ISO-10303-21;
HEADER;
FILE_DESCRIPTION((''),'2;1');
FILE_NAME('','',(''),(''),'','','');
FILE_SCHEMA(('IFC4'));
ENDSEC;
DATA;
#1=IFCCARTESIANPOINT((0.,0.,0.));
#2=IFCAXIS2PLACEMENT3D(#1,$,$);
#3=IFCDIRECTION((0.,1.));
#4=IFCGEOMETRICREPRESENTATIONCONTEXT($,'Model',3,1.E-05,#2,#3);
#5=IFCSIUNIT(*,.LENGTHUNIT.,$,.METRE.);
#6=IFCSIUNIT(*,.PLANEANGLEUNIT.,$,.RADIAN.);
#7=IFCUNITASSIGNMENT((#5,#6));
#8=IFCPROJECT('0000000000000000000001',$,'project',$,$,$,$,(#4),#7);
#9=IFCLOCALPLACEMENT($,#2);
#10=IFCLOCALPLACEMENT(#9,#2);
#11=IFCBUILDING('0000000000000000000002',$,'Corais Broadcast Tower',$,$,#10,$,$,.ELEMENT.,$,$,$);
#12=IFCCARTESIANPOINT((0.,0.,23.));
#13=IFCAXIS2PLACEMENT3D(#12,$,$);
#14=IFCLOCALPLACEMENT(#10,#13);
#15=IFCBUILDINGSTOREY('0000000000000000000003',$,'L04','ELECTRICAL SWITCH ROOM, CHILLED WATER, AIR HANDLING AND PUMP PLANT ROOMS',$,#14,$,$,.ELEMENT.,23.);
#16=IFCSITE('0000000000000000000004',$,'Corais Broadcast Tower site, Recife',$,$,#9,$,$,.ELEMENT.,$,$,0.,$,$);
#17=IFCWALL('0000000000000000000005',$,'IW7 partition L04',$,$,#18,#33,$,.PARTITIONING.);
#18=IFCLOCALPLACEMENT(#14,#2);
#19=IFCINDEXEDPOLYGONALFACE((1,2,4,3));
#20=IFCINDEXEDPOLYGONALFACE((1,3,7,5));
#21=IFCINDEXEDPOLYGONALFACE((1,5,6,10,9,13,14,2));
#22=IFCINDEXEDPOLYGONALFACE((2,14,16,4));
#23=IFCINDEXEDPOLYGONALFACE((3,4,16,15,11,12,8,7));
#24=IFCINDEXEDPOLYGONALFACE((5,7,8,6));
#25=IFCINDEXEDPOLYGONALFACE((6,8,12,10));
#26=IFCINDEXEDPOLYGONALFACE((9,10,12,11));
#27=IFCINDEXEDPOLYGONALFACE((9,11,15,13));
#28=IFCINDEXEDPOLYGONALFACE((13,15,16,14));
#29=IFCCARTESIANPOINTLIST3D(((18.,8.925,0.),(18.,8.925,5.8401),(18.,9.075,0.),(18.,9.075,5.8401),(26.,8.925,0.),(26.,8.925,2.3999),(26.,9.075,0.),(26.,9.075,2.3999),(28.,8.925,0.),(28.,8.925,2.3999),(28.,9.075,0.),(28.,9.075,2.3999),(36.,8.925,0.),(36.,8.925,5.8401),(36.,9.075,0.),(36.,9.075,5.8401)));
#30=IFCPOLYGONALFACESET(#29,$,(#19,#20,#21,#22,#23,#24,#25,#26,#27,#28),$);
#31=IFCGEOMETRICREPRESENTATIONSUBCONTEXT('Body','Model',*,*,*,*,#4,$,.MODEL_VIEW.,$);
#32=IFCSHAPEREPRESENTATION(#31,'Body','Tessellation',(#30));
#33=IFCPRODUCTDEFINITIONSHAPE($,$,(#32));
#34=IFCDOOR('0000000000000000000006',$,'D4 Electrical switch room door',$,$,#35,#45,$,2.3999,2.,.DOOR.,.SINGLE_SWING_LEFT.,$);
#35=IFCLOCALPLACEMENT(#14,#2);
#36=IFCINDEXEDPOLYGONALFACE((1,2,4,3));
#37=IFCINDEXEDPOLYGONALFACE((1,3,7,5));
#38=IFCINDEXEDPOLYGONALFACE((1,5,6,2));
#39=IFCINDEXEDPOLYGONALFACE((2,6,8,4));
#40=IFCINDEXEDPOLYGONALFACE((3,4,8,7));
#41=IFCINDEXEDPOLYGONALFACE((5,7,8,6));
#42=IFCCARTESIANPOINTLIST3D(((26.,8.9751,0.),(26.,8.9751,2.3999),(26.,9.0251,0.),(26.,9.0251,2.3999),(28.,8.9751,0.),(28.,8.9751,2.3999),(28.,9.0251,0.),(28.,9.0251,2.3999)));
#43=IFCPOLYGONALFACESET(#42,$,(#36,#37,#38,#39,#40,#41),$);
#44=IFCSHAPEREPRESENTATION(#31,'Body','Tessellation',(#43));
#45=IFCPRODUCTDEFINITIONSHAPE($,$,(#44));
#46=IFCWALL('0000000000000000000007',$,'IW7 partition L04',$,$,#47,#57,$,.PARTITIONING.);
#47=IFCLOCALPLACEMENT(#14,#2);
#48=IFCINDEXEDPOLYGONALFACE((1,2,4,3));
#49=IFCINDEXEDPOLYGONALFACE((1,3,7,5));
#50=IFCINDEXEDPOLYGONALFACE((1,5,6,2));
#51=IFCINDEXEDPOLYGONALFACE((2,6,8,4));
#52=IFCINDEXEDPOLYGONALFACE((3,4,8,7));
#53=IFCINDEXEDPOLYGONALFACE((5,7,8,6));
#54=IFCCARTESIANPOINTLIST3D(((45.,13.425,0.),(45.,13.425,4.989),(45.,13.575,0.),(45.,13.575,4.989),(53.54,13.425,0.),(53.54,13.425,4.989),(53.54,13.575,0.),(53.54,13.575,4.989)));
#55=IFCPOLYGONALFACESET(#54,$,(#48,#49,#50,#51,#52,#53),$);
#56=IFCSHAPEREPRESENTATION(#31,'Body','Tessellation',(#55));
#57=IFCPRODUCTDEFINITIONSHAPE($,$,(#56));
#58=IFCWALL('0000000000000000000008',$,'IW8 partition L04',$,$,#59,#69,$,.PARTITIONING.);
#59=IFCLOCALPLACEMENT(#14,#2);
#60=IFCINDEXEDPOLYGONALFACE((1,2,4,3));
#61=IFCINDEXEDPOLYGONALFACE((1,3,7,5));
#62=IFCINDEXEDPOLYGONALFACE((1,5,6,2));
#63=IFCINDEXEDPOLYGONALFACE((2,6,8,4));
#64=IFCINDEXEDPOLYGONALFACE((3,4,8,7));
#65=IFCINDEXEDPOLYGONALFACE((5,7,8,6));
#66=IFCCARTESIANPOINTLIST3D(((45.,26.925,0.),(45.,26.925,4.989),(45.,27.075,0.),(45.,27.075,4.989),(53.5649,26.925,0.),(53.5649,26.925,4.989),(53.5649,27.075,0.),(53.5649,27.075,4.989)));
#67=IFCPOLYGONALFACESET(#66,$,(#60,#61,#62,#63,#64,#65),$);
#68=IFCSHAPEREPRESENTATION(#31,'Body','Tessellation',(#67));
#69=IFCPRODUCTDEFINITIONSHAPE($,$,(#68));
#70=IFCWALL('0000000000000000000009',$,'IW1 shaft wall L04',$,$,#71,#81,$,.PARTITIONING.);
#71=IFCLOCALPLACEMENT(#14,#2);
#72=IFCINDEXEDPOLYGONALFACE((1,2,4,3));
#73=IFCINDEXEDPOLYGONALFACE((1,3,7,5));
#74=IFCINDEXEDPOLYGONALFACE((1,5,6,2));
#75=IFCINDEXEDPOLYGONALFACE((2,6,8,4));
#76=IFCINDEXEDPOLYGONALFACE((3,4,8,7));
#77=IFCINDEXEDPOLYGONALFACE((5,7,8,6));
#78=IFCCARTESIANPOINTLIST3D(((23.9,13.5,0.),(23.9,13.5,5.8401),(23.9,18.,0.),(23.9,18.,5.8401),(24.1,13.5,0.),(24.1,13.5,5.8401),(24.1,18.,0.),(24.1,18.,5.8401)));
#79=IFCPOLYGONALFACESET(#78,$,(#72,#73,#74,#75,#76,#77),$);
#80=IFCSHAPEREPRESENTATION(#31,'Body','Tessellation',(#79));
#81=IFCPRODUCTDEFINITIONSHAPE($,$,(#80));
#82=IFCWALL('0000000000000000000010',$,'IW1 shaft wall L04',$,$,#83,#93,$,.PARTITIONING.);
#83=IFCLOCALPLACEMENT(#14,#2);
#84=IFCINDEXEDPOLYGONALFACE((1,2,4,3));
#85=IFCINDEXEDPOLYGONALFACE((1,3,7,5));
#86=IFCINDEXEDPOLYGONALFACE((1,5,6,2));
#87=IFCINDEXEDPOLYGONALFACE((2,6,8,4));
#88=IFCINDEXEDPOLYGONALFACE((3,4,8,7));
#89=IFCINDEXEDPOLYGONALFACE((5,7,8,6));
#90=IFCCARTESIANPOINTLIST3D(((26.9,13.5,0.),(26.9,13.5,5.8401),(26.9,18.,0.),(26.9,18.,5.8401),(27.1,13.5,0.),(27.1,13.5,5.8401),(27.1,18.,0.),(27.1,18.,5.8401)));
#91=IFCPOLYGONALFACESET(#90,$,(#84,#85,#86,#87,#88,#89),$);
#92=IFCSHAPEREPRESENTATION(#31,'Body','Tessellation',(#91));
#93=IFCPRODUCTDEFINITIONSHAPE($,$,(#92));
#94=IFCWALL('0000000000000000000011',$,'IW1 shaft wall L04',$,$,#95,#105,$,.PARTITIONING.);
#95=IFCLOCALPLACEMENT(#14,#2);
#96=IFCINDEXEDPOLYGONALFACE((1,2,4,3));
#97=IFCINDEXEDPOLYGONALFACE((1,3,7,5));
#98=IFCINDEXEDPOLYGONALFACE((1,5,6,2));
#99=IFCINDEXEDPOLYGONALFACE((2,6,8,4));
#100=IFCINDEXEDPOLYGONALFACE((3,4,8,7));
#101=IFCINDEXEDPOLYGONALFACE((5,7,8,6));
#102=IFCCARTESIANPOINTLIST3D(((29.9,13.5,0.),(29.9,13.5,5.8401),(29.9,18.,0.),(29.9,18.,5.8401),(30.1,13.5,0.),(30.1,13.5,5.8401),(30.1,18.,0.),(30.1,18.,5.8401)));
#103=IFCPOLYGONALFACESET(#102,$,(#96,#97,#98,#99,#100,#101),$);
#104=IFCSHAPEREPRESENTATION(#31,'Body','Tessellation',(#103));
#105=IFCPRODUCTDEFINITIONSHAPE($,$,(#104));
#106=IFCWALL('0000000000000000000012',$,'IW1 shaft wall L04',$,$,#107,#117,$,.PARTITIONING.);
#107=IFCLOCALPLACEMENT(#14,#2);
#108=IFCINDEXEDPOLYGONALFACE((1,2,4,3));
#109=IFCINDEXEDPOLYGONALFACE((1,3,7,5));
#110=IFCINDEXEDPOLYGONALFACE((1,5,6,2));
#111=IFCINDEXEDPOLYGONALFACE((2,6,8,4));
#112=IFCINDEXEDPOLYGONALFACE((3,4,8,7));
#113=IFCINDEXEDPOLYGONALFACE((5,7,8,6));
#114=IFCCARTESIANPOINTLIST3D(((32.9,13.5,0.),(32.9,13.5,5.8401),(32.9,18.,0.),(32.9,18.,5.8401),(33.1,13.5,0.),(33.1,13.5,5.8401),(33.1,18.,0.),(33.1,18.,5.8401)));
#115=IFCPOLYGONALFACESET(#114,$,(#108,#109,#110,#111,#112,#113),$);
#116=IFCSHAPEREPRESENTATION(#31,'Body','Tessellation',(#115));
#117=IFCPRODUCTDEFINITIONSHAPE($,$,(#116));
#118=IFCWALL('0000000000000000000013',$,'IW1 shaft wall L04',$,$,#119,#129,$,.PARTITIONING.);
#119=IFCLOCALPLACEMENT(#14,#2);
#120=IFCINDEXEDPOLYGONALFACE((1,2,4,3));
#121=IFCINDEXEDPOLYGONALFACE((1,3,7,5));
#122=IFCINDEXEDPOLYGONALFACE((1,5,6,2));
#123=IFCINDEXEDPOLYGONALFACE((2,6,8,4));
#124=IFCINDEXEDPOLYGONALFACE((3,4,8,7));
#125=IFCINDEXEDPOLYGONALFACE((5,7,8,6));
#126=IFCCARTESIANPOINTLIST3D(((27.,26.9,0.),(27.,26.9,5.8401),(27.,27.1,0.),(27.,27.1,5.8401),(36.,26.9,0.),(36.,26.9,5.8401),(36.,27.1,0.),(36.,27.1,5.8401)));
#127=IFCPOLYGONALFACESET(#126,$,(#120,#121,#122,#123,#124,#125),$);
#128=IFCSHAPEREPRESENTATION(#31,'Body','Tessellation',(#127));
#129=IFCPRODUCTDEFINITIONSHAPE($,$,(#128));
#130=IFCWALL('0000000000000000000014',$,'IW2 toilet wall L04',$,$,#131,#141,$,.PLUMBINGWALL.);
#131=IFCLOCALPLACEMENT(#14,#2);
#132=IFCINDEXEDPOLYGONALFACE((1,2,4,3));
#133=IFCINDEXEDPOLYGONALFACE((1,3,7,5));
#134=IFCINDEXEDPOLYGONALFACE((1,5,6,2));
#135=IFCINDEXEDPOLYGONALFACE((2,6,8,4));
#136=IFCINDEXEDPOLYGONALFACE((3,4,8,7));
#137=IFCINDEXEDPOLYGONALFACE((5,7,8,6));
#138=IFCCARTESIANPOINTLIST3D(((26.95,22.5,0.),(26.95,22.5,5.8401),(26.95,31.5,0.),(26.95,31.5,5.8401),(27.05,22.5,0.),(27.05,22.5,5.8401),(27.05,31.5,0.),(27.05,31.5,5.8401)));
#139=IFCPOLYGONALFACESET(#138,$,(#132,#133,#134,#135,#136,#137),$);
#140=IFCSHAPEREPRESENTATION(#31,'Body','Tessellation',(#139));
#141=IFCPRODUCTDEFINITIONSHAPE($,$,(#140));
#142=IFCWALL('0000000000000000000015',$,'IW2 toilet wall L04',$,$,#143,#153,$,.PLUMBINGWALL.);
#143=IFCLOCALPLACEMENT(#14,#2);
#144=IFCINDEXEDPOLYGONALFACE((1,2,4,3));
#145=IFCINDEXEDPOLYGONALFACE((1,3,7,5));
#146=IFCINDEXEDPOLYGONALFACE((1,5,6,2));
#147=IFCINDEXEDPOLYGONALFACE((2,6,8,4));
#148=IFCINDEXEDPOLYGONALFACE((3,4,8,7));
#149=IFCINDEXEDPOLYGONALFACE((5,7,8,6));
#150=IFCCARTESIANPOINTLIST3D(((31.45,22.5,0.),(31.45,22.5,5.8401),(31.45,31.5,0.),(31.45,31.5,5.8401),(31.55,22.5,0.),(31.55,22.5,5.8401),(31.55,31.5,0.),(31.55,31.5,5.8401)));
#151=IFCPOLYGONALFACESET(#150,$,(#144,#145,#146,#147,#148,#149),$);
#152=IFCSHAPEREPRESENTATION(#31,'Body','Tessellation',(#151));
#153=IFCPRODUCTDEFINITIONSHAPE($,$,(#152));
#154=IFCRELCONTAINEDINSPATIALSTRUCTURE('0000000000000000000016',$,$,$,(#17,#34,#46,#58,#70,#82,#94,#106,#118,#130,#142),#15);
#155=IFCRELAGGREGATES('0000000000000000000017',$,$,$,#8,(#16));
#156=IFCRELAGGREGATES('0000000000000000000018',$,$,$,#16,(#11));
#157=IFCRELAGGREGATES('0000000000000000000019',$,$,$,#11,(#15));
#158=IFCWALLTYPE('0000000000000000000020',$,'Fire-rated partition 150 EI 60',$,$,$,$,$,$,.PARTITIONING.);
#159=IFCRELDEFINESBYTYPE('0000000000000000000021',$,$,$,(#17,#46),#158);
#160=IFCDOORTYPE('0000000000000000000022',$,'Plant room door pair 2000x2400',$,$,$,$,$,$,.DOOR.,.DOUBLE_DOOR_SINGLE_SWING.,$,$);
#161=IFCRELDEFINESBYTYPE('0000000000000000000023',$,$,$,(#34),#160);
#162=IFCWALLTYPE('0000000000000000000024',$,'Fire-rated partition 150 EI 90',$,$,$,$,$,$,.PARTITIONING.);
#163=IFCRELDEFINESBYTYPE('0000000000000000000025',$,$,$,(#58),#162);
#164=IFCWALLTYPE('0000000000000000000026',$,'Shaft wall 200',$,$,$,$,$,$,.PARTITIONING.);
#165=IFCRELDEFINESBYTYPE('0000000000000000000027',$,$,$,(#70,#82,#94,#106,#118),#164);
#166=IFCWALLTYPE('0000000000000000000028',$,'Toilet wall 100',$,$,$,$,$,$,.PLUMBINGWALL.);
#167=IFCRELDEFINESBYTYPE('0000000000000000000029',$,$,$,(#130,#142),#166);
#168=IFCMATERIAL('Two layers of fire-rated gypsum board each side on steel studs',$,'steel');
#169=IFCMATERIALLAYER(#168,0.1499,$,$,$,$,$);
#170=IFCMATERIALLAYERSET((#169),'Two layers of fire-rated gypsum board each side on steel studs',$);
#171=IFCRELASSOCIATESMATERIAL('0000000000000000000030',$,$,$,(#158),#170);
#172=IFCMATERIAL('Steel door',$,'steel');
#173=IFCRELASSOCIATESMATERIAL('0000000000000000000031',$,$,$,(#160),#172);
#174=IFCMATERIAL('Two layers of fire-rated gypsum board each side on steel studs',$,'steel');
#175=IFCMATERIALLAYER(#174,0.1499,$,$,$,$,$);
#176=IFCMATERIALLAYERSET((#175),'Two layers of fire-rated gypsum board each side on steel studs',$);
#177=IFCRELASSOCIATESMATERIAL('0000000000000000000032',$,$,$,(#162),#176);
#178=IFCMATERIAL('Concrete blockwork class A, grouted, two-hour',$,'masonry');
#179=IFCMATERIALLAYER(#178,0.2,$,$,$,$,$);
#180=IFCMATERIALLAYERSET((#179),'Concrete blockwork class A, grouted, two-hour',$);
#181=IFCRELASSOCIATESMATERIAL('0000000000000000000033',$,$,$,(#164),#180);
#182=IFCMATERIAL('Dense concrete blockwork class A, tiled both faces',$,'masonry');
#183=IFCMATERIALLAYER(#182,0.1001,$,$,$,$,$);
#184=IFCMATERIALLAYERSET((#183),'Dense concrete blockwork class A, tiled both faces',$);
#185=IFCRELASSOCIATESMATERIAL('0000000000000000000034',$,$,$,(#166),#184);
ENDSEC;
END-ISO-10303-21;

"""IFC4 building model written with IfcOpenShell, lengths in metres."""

from ifc_helpers import new_model, si_unit, direction, frame, frame_2d, origin, place, context, subcontext, project, spatial, rectangle, extrude, material, layer, layer_set, type_object, element, fill, save


model = new_model("IFC4")

# Units and contexts
model_context = context("Model", 3, precision=1e-05, world=origin(), true_north=direction((0.0, 1.0)))
body_context = subcontext(model_context, "Body", "Model", "MODEL_VIEW")
ifc_project = project(units=[si_unit("LENGTHUNIT", "METRE"), si_unit("PLANEANGLEUNIT", "RADIAN")], contexts=[model_context])

# Site, building, storey
site_placement = place(None, origin())
site = spatial("IfcSite", under=ifc_project, at=site_placement, Name="Corais Broadcast Tower site, Recife", CompositionType="ELEMENT", RefElevation=0.0)
building_placement = place(site_placement, origin())
building = spatial("IfcBuilding", under=site, at=building_placement, Name="Corais Broadcast Tower", CompositionType="ELEMENT")
storey_placement = place(building_placement, frame((0.0, 0.0, 23.0)))
storey = spatial("IfcBuildingStorey", under=building, at=storey_placement, Name="L04", Description="ELECTRICAL SWITCH ROOM, CHILLED WATER, AIR HANDLING AND PUMP PLANT ROOMS", CompositionType="ELEMENT", Elevation=23.0)

# Wall, opening, door
ifc_material_1 = material(Name="Two layers of fire-rated gypsum board each side on steel studs", Category="steel")
ifc_layer_1 = layer(ifc_material_1, 0.1499)
ifc_layer_set_1 = layer_set([ifc_layer_1], Name="Two layers of fire-rated gypsum board each side on steel studs")
wall_type_1 = type_object("IfcWallType", Name="Fire-rated partition 150 EI 60", PredefinedType="PARTITIONING", material=ifc_layer_set_1)
wall_1_placement = place(storey_placement, frame((36.0, 9.0, 0.0), z_axis=(0.0, 0.0, 1.0), x_axis=(-1.0, 0.0, 0.0)))
wall_1 = element("IfcWall", 1, at=wall_1_placement, inside=storey, type_object=wall_type_1, Name="IW7 partition L04", PredefinedType="PARTITIONING", context=body_context, shape_type="SweptSolid", body=[
    extrude(rectangle(XDim=18.0, YDim=0.1499, at=frame_2d((9.0, 0.0))), origin(), (0.0, 0.0, 1.0), 5.8401),
])
opening_1_placement = place(wall_1_placement, frame((8.0, 0.0, 0.0)))
opening_1 = element("IfcOpeningElement", 2, at=opening_1_placement, cuts=wall_1, PredefinedType="OPENING", context=body_context, shape_type="SweptSolid", body=[
    extrude(rectangle(XDim=2.0, YDim=2.3999, at=frame_2d((1.0, 1.2))), frame((0.0, 0.085, 0.0), z_axis=(0.0, -1.0, 0.0), x_axis=(1.0, 0.0, 0.0)), (0.0, 0.0, 1.0), 0.1699),
])
ifc_material_2 = material(Name="Steel door", Category="steel")
door_type_1 = type_object("IfcDoorType", Name="Plant room door pair 2000x2400", OperationType="DOUBLE_DOOR_SINGLE_SWING", PredefinedType="DOOR", material=ifc_material_2)
door_1_placement = place(opening_1_placement, origin())
door_1 = element("IfcDoor", 3, at=door_1_placement, inside=storey, type_object=door_type_1, Name="D4 Electrical switch room door", OperationType="SINGLE_SWING_LEFT", OverallHeight=2.3999, OverallWidth=2.0, PredefinedType="DOOR", context=body_context, shape_type="SweptSolid", body=[
    extrude(rectangle(XDim=2.0, YDim=2.3999, at=frame_2d((1.0, 1.2))), frame((0.0, 0.0249, 0.0), z_axis=(0.0, -1.0, 0.0), x_axis=(1.0, 0.0, 0.0)), (0.0, 0.0, 1.0), 0.05),
])
fill(opening_1, door_1)

# Walls
wall_2_placement = place(storey_placement, frame((45.0, 13.5, 0.0), z_axis=(0.0, 0.0, 1.0), x_axis=(1.0, 0.0, 0.0)))
element("IfcWall", 4, at=wall_2_placement, inside=storey, type_object=wall_type_1, Name="IW7 partition L04", PredefinedType="PARTITIONING", context=body_context, shape_type="SweptSolid", body=[
    extrude(rectangle(XDim=8.54, YDim=0.1499, at=frame_2d((4.27, 0.0))), origin(), (0.0, 0.0, 1.0), 4.989),
])
ifc_material_3 = material(Name="Two layers of fire-rated gypsum board each side on steel studs", Category="steel")
ifc_layer_2 = layer(ifc_material_3, 0.1499)
ifc_layer_set_2 = layer_set([ifc_layer_2], Name="Two layers of fire-rated gypsum board each side on steel studs")
wall_type_2 = type_object("IfcWallType", Name="Fire-rated partition 150 EI 90", PredefinedType="PARTITIONING", material=ifc_layer_set_2)
wall_3_placement = place(storey_placement, frame((45.0, 27.0, 0.0), z_axis=(0.0, 0.0, 1.0), x_axis=(1.0, 0.0, 0.0)))
element("IfcWall", 5, at=wall_3_placement, inside=storey, type_object=wall_type_2, Name="IW8 partition L04", PredefinedType="PARTITIONING", context=body_context, shape_type="SweptSolid", body=[
    extrude(rectangle(XDim=8.5649, YDim=0.1499, at=frame_2d((4.2825, 0.0))), origin(), (0.0, 0.0, 1.0), 4.989),
])
ifc_material_4 = material(Name="Concrete blockwork class A, grouted, two-hour", Category="masonry")
ifc_layer_3 = layer(ifc_material_4, 0.2)
ifc_layer_set_3 = layer_set([ifc_layer_3], Name="Concrete blockwork class A, grouted, two-hour")
wall_type_3 = type_object("IfcWallType", Name="Shaft wall 200", PredefinedType="PARTITIONING", material=ifc_layer_set_3)
for number, where, z_axis, x_axis, name in (
    (6, (24.0, 13.5, 0.0), (0.0, 0.0, 1.0), (0.0, 1.0, 0.0), "IW1 shaft wall L04"),
    (7, (27.0, 13.5, 0.0), (0.0, 0.0, 1.0), (0.0, 1.0, 0.0), "IW1 shaft wall L04"),
    (8, (30.0, 13.5, 0.0), (0.0, 0.0, 1.0), (0.0, 1.0, 0.0), "IW1 shaft wall L04"),
    (9, (33.0, 13.5, 0.0), (0.0, 0.0, 1.0), (0.0, 1.0, 0.0), "IW1 shaft wall L04"),
):
    element("IfcWall", number, at=place(storey_placement, frame(where, z_axis=z_axis, x_axis=x_axis)), inside=storey, type_object=wall_type_3, Name=name, PredefinedType="PARTITIONING", context=body_context, shape_type="SweptSolid", body=[
        extrude(rectangle(XDim=4.5, YDim=0.2, at=frame_2d((2.25, 0.0))), origin(), (0.0, 0.0, 1.0), 5.8401),
    ])
wall_4_placement = place(storey_placement, frame((27.0, 27.0, 0.0), z_axis=(0.0, 0.0, 1.0), x_axis=(1.0, 0.0, 0.0)))
element("IfcWall", 10, at=wall_4_placement, inside=storey, type_object=wall_type_3, Name="IW1 shaft wall L04", PredefinedType="PARTITIONING", context=body_context, shape_type="SweptSolid", body=[
    extrude(rectangle(XDim=9.0, YDim=0.2, at=frame_2d((4.5, 0.0))), origin(), (0.0, 0.0, 1.0), 5.8401),
])
ifc_material_5 = material(Name="Dense concrete blockwork class A, tiled both faces", Category="masonry")
ifc_layer_4 = layer(ifc_material_5, 0.1001)
ifc_layer_set_4 = layer_set([ifc_layer_4], Name="Dense concrete blockwork class A, tiled both faces")
wall_type_4 = type_object("IfcWallType", Name="Toilet wall 100", PredefinedType="PLUMBINGWALL", material=ifc_layer_set_4)
for number, where, z_axis, x_axis, name in (
    (11, (27.0, 22.5, 0.0), (0.0, 0.0, 1.0), (0.0, 1.0, 0.0), "IW2 toilet wall L04"),
    (12, (31.5, 22.5, 0.0), (0.0, 0.0, 1.0), (0.0, 1.0, 0.0), "IW2 toilet wall L04"),
):
    element("IfcWall", number, at=place(storey_placement, frame(where, z_axis=z_axis, x_axis=x_axis)), inside=storey, type_object=wall_type_4, Name=name, PredefinedType="PLUMBINGWALL", context=body_context, shape_type="SweptSolid", body=[
        extrude(rectangle(XDim=9.0, YDim=0.1001, at=frame_2d((4.5, 0.0))), origin(), (0.0, 0.0, 1.0), 5.8401),
    ])

save(model, "model.ifc")
